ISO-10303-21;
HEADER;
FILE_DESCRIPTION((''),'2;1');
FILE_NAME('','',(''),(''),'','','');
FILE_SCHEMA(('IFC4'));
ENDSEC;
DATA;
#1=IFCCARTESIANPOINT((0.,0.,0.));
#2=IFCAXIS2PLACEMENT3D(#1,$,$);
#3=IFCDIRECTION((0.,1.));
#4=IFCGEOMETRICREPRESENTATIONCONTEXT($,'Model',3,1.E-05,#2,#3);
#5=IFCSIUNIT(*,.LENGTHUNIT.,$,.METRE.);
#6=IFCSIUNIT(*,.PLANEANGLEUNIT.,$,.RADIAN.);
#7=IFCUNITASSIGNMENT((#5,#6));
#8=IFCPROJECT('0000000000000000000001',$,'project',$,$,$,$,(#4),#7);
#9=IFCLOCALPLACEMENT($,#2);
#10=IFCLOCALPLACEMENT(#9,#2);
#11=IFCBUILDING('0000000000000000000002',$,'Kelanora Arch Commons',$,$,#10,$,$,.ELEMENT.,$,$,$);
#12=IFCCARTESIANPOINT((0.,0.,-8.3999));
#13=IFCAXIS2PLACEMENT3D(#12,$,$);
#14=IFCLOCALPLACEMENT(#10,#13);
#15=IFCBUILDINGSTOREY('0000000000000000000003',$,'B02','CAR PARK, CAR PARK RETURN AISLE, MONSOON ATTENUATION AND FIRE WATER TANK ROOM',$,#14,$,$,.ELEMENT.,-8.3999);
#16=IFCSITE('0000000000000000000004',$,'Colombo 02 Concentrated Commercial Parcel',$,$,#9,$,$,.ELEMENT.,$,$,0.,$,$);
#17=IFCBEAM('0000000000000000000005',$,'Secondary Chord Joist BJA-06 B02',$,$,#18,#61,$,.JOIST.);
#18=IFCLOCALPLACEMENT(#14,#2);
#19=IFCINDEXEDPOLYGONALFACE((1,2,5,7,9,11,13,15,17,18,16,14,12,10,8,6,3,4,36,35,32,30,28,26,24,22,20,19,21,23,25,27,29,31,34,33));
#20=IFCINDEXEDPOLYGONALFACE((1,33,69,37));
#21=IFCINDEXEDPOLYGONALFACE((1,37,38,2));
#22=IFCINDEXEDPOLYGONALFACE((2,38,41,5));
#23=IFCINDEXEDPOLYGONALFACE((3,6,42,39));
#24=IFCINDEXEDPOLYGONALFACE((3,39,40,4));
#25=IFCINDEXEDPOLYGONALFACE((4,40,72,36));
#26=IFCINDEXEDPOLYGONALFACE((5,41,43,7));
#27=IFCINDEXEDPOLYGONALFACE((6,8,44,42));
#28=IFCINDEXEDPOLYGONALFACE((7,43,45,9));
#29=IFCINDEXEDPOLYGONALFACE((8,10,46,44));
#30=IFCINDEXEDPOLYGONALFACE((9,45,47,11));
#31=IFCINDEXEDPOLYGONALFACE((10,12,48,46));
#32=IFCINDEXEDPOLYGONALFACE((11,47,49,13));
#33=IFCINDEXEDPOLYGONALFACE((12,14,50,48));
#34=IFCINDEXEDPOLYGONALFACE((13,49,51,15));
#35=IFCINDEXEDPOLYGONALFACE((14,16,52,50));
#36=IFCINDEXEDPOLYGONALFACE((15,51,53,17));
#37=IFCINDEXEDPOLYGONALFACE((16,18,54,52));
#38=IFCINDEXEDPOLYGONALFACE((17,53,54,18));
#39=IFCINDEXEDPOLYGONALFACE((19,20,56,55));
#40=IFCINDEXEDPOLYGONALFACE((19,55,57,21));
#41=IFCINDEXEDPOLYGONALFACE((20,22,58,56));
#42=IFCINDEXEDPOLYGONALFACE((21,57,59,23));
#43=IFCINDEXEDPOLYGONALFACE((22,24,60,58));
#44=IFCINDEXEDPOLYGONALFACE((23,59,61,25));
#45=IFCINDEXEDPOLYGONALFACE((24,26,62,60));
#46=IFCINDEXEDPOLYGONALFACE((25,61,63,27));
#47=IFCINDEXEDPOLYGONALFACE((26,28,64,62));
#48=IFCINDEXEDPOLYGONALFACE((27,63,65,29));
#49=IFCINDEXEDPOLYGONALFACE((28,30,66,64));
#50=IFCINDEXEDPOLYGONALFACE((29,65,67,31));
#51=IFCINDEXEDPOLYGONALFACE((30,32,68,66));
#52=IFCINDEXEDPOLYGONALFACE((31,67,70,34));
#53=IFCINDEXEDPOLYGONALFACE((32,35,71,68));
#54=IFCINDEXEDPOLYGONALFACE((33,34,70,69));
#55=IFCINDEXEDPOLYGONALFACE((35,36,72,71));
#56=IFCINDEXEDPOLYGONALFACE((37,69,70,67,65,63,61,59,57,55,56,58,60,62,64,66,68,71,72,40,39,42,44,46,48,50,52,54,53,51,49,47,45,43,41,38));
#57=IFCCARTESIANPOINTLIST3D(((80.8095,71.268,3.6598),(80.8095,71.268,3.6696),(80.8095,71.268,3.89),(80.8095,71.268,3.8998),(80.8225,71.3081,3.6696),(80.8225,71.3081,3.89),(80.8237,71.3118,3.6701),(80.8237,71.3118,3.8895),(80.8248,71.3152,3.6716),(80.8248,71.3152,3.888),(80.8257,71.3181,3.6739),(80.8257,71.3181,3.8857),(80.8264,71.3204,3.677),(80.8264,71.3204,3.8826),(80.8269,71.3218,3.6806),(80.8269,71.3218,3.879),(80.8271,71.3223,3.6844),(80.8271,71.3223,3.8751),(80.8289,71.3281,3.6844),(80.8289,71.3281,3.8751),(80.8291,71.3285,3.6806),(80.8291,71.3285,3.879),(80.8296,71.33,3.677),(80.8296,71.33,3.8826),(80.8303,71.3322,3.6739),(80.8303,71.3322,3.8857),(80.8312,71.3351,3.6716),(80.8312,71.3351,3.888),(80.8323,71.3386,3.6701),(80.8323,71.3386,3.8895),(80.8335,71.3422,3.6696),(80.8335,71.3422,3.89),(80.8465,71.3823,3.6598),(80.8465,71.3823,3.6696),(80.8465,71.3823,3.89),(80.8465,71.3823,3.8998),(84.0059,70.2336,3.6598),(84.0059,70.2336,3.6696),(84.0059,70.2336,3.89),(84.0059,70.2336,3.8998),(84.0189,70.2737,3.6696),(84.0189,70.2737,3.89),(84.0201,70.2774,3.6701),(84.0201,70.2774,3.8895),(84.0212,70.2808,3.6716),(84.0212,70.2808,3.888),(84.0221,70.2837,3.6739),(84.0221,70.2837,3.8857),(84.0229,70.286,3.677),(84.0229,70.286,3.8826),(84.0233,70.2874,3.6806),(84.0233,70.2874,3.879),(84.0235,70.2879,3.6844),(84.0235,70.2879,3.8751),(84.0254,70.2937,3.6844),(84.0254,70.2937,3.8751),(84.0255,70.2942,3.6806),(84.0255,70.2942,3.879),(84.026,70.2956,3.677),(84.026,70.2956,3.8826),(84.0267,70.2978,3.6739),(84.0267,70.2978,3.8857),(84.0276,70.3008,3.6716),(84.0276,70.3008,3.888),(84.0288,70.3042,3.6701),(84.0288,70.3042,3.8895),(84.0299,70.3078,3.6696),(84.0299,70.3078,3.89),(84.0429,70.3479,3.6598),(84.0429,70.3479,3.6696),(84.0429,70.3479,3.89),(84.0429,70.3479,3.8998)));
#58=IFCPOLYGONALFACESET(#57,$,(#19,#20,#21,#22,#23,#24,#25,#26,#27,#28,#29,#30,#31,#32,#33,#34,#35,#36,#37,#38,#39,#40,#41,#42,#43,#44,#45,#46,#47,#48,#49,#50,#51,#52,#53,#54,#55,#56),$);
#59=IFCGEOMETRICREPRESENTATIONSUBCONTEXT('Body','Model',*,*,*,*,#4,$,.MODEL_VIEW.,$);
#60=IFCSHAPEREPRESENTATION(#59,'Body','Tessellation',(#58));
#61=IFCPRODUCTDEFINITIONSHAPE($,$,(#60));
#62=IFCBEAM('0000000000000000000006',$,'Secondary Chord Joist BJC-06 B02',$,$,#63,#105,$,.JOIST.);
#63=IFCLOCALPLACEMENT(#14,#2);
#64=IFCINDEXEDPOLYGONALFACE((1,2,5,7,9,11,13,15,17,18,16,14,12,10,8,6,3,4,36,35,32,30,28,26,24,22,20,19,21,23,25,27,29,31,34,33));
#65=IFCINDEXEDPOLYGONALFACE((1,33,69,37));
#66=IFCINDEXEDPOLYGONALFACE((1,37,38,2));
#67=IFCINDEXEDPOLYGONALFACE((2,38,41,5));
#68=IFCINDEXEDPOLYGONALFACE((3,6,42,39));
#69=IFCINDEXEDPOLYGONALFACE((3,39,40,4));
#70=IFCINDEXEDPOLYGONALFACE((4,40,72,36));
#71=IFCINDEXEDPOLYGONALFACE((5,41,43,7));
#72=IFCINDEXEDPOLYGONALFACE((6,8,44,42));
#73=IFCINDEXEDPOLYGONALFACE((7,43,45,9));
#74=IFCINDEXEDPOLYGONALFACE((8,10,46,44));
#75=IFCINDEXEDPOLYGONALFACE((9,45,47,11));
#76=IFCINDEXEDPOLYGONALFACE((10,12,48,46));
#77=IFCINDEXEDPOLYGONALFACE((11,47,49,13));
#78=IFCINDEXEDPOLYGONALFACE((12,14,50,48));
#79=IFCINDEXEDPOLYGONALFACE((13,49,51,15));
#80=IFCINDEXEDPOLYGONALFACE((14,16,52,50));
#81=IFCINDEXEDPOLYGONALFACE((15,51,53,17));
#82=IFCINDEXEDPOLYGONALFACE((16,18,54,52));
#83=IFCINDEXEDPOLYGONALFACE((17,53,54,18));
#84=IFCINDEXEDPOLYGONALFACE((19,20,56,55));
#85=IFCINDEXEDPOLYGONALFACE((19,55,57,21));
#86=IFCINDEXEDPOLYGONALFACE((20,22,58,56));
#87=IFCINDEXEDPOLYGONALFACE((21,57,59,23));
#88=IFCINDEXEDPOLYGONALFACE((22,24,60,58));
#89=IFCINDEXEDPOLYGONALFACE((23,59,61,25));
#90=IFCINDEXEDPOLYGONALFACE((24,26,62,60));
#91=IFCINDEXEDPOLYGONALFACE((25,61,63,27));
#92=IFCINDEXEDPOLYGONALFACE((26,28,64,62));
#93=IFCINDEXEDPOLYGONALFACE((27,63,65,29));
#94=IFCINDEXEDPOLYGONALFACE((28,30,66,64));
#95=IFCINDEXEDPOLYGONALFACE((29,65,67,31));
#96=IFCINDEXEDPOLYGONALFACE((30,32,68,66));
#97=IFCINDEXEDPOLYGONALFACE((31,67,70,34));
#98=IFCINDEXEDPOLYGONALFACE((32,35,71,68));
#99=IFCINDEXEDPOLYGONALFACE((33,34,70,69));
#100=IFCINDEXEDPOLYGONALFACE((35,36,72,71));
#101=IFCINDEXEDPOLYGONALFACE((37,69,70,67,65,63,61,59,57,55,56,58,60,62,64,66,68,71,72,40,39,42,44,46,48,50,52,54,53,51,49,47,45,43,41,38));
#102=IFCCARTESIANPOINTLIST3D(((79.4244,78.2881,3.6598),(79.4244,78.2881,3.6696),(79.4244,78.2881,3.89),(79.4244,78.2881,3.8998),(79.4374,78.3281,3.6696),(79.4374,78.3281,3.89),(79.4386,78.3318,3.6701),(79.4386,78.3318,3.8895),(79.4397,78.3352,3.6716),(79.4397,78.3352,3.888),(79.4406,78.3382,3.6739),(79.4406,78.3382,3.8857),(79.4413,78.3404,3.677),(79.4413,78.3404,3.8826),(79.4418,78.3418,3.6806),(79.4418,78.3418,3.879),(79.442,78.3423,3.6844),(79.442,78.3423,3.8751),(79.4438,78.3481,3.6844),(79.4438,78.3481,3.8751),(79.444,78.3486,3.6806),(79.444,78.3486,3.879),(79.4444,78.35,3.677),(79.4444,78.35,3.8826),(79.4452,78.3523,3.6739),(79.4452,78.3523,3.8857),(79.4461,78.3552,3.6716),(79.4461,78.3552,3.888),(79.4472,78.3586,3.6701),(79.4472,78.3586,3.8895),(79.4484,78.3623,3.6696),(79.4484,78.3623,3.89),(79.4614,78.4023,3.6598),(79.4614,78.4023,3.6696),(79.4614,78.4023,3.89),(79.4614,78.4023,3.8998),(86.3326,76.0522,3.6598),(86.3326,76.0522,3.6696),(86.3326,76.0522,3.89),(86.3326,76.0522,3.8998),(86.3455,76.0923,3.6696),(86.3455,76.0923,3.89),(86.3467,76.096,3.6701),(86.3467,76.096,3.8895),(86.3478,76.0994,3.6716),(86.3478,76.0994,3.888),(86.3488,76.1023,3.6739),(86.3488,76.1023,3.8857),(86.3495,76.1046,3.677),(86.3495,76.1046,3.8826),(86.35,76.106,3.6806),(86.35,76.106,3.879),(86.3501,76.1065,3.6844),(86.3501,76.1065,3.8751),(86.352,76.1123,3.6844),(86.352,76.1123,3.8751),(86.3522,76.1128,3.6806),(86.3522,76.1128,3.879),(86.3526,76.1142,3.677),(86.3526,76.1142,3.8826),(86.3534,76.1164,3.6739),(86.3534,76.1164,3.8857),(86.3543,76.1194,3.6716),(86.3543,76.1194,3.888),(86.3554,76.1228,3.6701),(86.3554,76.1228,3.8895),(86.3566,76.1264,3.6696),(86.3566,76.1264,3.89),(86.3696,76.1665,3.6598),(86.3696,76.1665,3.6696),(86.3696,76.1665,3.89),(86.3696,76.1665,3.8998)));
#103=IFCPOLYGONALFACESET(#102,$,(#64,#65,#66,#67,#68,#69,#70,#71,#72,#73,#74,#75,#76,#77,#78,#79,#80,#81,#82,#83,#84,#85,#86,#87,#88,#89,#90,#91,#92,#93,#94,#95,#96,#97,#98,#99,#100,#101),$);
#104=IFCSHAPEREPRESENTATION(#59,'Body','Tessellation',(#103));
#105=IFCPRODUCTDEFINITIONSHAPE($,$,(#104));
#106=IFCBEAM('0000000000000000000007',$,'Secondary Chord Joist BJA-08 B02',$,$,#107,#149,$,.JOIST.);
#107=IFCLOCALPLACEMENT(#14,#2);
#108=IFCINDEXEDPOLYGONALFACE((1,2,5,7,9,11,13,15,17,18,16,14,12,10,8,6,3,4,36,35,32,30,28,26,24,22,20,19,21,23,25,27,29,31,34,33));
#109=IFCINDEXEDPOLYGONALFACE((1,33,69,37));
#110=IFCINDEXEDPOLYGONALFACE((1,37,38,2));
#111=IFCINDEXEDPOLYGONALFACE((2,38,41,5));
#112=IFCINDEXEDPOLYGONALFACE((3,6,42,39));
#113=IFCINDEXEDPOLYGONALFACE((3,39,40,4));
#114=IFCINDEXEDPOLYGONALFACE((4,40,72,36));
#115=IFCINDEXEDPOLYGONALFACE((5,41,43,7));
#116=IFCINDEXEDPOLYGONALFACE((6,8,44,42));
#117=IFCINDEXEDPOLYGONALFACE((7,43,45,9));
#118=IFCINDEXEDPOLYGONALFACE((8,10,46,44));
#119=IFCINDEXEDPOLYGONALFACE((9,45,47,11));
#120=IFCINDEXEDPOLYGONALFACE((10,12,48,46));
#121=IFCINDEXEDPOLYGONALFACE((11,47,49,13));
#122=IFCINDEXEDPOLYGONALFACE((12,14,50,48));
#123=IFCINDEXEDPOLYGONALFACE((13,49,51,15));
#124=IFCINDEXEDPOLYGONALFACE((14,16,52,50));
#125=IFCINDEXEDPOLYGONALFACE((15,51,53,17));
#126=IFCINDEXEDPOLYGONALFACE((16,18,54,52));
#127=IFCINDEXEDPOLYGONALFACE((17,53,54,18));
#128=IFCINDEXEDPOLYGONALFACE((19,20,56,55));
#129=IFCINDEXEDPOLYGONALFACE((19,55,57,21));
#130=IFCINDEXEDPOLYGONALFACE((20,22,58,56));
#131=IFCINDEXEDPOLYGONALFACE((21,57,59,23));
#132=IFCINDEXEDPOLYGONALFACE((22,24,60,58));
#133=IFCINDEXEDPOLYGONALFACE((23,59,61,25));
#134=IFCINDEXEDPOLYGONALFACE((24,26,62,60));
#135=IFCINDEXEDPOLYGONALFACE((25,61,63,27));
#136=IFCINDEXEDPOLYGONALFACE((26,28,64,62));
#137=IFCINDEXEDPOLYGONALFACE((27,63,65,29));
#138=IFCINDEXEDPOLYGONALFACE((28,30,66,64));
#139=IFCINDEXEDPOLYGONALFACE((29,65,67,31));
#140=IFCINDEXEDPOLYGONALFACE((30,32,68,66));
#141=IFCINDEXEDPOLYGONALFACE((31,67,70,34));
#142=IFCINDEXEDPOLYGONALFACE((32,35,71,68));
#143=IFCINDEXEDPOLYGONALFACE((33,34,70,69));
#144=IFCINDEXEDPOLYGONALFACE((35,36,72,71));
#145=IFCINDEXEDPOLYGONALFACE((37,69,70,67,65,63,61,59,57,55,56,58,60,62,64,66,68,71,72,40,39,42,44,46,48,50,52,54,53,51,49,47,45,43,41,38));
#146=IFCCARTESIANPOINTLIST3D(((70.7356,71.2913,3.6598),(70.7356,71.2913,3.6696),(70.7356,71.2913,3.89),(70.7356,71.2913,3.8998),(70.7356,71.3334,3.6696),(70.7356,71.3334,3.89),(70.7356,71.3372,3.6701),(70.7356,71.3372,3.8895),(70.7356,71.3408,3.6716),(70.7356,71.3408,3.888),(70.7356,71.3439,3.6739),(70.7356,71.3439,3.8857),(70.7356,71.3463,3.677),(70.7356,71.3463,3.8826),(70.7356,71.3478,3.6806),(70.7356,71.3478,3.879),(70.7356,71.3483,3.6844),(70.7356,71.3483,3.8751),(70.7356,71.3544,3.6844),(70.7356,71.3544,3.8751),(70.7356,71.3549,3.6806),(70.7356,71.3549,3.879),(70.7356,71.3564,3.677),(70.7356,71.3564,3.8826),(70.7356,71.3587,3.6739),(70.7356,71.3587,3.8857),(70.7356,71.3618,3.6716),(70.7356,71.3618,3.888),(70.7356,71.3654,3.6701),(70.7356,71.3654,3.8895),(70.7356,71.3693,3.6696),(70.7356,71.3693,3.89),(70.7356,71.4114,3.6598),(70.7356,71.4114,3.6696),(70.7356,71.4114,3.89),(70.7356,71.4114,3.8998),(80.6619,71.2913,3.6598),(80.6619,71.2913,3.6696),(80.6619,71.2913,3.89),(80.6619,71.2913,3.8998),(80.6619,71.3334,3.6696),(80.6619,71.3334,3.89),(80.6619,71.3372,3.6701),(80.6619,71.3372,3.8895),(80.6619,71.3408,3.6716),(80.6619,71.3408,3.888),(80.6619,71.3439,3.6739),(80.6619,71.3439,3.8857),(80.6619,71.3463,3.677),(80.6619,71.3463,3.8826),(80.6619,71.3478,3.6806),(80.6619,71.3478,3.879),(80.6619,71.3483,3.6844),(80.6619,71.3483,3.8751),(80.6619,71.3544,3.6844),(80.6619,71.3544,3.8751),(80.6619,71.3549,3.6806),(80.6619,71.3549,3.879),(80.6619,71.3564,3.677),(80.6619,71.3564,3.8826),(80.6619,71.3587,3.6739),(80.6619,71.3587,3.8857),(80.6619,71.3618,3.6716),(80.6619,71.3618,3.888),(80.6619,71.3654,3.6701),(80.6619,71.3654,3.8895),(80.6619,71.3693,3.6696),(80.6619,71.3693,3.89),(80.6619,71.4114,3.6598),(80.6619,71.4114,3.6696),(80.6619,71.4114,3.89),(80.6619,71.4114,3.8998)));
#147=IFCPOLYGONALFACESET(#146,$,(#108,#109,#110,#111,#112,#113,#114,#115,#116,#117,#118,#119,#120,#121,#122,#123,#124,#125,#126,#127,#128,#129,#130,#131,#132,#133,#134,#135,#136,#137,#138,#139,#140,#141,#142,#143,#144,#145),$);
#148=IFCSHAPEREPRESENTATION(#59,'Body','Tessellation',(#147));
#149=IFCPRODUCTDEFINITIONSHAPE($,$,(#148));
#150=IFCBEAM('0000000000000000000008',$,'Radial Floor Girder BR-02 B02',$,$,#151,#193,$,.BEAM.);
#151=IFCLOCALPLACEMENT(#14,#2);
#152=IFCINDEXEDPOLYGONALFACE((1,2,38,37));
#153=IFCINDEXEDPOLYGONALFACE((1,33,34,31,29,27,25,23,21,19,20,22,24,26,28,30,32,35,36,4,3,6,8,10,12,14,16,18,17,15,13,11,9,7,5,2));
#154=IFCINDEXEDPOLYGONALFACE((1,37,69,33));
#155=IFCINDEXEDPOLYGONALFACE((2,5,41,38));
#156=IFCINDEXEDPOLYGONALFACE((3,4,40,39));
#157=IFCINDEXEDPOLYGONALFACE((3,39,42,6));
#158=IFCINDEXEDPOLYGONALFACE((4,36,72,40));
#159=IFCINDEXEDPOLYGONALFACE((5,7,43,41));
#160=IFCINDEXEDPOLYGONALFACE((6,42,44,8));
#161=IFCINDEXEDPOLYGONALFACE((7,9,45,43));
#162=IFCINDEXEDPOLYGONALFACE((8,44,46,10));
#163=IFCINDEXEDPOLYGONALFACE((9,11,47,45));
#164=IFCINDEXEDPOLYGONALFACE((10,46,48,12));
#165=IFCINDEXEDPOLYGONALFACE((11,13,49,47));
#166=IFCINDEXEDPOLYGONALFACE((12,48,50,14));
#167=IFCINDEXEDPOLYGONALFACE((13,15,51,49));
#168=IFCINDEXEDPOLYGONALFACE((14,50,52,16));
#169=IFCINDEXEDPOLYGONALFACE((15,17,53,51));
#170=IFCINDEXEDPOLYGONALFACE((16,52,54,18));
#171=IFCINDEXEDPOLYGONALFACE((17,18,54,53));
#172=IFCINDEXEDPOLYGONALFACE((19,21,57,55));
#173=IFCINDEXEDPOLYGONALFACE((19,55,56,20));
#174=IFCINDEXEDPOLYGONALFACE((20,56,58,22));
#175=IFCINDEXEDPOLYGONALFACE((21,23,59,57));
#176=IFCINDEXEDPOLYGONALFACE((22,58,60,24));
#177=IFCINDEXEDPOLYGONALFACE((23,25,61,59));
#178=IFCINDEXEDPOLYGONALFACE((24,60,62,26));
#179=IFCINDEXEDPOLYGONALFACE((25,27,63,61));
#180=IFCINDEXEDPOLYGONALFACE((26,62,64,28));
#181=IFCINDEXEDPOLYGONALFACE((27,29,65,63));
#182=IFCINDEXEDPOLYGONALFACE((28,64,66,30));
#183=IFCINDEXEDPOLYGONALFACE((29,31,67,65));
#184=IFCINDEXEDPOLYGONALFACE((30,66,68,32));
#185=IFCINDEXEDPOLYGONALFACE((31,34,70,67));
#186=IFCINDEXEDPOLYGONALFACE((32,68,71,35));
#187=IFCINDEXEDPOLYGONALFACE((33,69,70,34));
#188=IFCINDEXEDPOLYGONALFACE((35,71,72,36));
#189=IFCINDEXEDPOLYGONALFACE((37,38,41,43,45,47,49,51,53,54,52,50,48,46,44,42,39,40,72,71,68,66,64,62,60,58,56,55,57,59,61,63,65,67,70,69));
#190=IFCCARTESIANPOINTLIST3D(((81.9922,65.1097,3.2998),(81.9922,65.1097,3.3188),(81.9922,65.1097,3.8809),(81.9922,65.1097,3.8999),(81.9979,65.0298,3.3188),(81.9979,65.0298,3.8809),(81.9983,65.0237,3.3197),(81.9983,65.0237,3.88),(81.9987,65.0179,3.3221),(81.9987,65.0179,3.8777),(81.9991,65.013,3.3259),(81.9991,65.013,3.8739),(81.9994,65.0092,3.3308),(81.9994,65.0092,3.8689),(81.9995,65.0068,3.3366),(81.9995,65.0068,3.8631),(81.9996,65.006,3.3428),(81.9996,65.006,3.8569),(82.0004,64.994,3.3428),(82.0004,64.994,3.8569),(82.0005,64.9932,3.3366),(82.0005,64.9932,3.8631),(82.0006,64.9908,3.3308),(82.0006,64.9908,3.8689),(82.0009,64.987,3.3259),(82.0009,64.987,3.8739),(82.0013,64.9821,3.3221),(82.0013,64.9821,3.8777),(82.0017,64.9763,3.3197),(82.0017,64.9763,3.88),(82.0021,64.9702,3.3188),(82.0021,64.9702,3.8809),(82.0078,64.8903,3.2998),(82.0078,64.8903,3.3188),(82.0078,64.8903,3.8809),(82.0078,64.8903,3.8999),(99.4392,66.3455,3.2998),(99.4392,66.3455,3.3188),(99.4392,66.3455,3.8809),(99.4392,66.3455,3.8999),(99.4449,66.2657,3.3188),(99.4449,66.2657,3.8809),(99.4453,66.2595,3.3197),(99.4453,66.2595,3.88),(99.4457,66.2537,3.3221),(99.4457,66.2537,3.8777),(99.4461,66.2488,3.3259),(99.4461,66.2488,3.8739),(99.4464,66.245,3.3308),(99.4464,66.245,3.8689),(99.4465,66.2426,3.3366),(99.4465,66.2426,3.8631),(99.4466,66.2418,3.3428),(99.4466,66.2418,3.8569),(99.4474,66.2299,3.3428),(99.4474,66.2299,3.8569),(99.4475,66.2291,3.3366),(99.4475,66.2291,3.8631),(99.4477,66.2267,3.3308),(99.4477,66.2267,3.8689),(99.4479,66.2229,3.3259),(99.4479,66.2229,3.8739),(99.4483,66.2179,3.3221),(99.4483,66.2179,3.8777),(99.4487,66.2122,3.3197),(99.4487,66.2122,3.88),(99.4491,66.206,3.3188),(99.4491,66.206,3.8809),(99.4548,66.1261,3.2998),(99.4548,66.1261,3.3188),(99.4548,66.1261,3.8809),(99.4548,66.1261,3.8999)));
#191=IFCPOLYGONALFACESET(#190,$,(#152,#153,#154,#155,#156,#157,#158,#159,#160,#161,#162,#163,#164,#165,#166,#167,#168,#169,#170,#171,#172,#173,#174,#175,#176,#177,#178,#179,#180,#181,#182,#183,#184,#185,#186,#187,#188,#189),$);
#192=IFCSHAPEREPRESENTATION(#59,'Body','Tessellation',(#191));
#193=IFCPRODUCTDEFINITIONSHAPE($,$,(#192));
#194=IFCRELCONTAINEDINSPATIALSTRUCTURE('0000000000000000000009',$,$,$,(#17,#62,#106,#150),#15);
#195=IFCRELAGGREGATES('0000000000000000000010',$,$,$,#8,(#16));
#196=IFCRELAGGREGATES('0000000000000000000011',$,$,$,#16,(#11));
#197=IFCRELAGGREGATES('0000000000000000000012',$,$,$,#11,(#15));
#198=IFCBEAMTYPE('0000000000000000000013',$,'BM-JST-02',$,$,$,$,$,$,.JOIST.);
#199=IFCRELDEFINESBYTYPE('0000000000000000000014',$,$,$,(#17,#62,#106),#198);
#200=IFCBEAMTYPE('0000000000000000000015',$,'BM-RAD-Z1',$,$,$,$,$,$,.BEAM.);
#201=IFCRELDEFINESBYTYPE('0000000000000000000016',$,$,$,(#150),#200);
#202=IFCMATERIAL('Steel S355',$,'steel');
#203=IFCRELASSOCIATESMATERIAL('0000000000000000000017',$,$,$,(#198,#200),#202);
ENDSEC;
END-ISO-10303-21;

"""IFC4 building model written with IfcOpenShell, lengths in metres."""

from ifc_helpers import new_model, si_unit, direction, frame, origin, origin_2d, place, context, subcontext, project, spatial, i_section, extrude, material, material_profile, profile_set, type_object, element, save


model = new_model("IFC4")

# Units and contexts
model_context = context("Model", 3, precision=1e-05, world=origin(), true_north=direction((0.0, 1.0)))
body_context = subcontext(model_context, "Body", "Model", "MODEL_VIEW")
ifc_project = project(units=[si_unit("LENGTHUNIT", "METRE"), si_unit("PLANEANGLEUNIT", "RADIAN")], contexts=[model_context])

# Site, building, storey
site_placement = place(None, origin())
site = spatial("IfcSite", under=ifc_project, at=site_placement, Name="Colombo 02 Concentrated Commercial Parcel", CompositionType="ELEMENT", RefElevation=0.0)
building_placement = place(site_placement, origin())
building = spatial("IfcBuilding", under=site, at=building_placement, Name="Kelanora Arch Commons", CompositionType="ELEMENT")
storey_placement = place(building_placement, frame((0.0, 0.0, -8.3999)))
storey = spatial("IfcBuildingStorey", under=building, at=storey_placement, Name="B02", Description="CAR PARK, CAR PARK RETURN AISLE, MONSOON ATTENUATION AND FIRE WATER TANK ROOM", CompositionType="ELEMENT", Elevation=-8.3999)

# Shared definitions
ifc_material_1 = material(Name="Steel S355", Category="steel")

# Beams
ifc_material_profile_1 = material_profile(ifc_material_1, i_section(OverallWidth=0.1201, OverallDepth=0.24, WebThickness=0.0061, FlangeThickness=0.0098, FilletRadius=0.0149, at=origin_2d()), Name="IPE240")
ifc_profile_set_1 = profile_set([ifc_material_profile_1], Name="Steel S355")
beam_type_1 = type_object("IfcBeamType", Name="BM-JST-02", PredefinedType="JOIST", material=ifc_profile_set_1)
beam_1_placement = place(storey_placement, frame((84.0244, 70.2908, 3.7798), z_axis=(-0.951423, 0.307888, 0.0), x_axis=(-0.307888, -0.951423, 0.0)))
element("IfcBeam", 1, at=beam_1_placement, inside=storey, type_object=beam_type_1, Name="Secondary Chord Joist BJA-06 B02", PredefinedType="JOIST", context=body_context, shape_type="SweptSolid", body=[
    extrude(i_section(OverallWidth=0.1201, OverallDepth=0.24, WebThickness=0.0061, FlangeThickness=0.0098, FilletRadius=0.0149, at=origin_2d()), origin(), (0.0, 0.0, 1.0), 3.3596),
])
beam_2_placement = place(storey_placement, frame((86.3511, 76.1094, 3.7798), z_axis=(-0.951411, 0.307924, 0.0), x_axis=(-0.307924, -0.951411, 0.0)))
element("IfcBeam", 2, at=beam_2_placement, inside=storey, type_object=beam_type_1, Name="Secondary Chord Joist BJC-06 B02", PredefinedType="JOIST", context=body_context, shape_type="SweptSolid", body=[
    extrude(i_section(OverallWidth=0.1201, OverallDepth=0.24, WebThickness=0.0061, FlangeThickness=0.0098, FilletRadius=0.0149, at=origin_2d()), origin(), (0.0, 0.0, 1.0), 7.261),
])
beam_3_placement = place(storey_placement, frame((80.6619, 71.3513, 3.7798), z_axis=(-1.0, 0.0, 0.0), x_axis=(0.0, -1.0, 0.0)))
element("IfcBeam", 3, at=beam_3_placement, inside=storey, type_object=beam_type_1, Name="Secondary Chord Joist BJA-08 B02", PredefinedType="JOIST", context=body_context, shape_type="SweptSolid", body=[
    extrude(i_section(OverallWidth=0.1201, OverallDepth=0.24, WebThickness=0.0061, FlangeThickness=0.0098, FilletRadius=0.0149, at=origin_2d()), origin(), (0.0, 0.0, 1.0), 9.9263),
])
ifc_material_profile_2 = material_profile(ifc_material_1, i_section(OverallWidth=0.22, OverallDepth=0.6001, WebThickness=0.012, FlangeThickness=0.019, FilletRadius=0.0239, at=origin_2d()), Name="IPE600")
ifc_profile_set_2 = profile_set([ifc_material_profile_2], Name="Steel S355")
beam_type_2 = type_object("IfcBeamType", Name="BM-RAD-Z1", PredefinedType="BEAM", material=ifc_profile_set_2)
beam_4_placement = place(storey_placement, frame((82.0, 65.0, 3.5999), z_axis=(0.997501, 0.070657, 0.0), x_axis=(-0.070657, 0.997501, 0.0)))
element("IfcBeam", 4, at=beam_4_placement, inside=storey, type_object=beam_type_2, Name="Radial Floor Girder BR-02 B02", PredefinedType="BEAM", context=body_context, shape_type="SweptSolid", body=[
    extrude(i_section(OverallWidth=0.22, OverallDepth=0.6001, WebThickness=0.012, FlangeThickness=0.019, FilletRadius=0.0239, at=origin_2d()), origin(), (0.0, 0.0, 1.0), 17.4907),
])

save(model, "model.ifc")
